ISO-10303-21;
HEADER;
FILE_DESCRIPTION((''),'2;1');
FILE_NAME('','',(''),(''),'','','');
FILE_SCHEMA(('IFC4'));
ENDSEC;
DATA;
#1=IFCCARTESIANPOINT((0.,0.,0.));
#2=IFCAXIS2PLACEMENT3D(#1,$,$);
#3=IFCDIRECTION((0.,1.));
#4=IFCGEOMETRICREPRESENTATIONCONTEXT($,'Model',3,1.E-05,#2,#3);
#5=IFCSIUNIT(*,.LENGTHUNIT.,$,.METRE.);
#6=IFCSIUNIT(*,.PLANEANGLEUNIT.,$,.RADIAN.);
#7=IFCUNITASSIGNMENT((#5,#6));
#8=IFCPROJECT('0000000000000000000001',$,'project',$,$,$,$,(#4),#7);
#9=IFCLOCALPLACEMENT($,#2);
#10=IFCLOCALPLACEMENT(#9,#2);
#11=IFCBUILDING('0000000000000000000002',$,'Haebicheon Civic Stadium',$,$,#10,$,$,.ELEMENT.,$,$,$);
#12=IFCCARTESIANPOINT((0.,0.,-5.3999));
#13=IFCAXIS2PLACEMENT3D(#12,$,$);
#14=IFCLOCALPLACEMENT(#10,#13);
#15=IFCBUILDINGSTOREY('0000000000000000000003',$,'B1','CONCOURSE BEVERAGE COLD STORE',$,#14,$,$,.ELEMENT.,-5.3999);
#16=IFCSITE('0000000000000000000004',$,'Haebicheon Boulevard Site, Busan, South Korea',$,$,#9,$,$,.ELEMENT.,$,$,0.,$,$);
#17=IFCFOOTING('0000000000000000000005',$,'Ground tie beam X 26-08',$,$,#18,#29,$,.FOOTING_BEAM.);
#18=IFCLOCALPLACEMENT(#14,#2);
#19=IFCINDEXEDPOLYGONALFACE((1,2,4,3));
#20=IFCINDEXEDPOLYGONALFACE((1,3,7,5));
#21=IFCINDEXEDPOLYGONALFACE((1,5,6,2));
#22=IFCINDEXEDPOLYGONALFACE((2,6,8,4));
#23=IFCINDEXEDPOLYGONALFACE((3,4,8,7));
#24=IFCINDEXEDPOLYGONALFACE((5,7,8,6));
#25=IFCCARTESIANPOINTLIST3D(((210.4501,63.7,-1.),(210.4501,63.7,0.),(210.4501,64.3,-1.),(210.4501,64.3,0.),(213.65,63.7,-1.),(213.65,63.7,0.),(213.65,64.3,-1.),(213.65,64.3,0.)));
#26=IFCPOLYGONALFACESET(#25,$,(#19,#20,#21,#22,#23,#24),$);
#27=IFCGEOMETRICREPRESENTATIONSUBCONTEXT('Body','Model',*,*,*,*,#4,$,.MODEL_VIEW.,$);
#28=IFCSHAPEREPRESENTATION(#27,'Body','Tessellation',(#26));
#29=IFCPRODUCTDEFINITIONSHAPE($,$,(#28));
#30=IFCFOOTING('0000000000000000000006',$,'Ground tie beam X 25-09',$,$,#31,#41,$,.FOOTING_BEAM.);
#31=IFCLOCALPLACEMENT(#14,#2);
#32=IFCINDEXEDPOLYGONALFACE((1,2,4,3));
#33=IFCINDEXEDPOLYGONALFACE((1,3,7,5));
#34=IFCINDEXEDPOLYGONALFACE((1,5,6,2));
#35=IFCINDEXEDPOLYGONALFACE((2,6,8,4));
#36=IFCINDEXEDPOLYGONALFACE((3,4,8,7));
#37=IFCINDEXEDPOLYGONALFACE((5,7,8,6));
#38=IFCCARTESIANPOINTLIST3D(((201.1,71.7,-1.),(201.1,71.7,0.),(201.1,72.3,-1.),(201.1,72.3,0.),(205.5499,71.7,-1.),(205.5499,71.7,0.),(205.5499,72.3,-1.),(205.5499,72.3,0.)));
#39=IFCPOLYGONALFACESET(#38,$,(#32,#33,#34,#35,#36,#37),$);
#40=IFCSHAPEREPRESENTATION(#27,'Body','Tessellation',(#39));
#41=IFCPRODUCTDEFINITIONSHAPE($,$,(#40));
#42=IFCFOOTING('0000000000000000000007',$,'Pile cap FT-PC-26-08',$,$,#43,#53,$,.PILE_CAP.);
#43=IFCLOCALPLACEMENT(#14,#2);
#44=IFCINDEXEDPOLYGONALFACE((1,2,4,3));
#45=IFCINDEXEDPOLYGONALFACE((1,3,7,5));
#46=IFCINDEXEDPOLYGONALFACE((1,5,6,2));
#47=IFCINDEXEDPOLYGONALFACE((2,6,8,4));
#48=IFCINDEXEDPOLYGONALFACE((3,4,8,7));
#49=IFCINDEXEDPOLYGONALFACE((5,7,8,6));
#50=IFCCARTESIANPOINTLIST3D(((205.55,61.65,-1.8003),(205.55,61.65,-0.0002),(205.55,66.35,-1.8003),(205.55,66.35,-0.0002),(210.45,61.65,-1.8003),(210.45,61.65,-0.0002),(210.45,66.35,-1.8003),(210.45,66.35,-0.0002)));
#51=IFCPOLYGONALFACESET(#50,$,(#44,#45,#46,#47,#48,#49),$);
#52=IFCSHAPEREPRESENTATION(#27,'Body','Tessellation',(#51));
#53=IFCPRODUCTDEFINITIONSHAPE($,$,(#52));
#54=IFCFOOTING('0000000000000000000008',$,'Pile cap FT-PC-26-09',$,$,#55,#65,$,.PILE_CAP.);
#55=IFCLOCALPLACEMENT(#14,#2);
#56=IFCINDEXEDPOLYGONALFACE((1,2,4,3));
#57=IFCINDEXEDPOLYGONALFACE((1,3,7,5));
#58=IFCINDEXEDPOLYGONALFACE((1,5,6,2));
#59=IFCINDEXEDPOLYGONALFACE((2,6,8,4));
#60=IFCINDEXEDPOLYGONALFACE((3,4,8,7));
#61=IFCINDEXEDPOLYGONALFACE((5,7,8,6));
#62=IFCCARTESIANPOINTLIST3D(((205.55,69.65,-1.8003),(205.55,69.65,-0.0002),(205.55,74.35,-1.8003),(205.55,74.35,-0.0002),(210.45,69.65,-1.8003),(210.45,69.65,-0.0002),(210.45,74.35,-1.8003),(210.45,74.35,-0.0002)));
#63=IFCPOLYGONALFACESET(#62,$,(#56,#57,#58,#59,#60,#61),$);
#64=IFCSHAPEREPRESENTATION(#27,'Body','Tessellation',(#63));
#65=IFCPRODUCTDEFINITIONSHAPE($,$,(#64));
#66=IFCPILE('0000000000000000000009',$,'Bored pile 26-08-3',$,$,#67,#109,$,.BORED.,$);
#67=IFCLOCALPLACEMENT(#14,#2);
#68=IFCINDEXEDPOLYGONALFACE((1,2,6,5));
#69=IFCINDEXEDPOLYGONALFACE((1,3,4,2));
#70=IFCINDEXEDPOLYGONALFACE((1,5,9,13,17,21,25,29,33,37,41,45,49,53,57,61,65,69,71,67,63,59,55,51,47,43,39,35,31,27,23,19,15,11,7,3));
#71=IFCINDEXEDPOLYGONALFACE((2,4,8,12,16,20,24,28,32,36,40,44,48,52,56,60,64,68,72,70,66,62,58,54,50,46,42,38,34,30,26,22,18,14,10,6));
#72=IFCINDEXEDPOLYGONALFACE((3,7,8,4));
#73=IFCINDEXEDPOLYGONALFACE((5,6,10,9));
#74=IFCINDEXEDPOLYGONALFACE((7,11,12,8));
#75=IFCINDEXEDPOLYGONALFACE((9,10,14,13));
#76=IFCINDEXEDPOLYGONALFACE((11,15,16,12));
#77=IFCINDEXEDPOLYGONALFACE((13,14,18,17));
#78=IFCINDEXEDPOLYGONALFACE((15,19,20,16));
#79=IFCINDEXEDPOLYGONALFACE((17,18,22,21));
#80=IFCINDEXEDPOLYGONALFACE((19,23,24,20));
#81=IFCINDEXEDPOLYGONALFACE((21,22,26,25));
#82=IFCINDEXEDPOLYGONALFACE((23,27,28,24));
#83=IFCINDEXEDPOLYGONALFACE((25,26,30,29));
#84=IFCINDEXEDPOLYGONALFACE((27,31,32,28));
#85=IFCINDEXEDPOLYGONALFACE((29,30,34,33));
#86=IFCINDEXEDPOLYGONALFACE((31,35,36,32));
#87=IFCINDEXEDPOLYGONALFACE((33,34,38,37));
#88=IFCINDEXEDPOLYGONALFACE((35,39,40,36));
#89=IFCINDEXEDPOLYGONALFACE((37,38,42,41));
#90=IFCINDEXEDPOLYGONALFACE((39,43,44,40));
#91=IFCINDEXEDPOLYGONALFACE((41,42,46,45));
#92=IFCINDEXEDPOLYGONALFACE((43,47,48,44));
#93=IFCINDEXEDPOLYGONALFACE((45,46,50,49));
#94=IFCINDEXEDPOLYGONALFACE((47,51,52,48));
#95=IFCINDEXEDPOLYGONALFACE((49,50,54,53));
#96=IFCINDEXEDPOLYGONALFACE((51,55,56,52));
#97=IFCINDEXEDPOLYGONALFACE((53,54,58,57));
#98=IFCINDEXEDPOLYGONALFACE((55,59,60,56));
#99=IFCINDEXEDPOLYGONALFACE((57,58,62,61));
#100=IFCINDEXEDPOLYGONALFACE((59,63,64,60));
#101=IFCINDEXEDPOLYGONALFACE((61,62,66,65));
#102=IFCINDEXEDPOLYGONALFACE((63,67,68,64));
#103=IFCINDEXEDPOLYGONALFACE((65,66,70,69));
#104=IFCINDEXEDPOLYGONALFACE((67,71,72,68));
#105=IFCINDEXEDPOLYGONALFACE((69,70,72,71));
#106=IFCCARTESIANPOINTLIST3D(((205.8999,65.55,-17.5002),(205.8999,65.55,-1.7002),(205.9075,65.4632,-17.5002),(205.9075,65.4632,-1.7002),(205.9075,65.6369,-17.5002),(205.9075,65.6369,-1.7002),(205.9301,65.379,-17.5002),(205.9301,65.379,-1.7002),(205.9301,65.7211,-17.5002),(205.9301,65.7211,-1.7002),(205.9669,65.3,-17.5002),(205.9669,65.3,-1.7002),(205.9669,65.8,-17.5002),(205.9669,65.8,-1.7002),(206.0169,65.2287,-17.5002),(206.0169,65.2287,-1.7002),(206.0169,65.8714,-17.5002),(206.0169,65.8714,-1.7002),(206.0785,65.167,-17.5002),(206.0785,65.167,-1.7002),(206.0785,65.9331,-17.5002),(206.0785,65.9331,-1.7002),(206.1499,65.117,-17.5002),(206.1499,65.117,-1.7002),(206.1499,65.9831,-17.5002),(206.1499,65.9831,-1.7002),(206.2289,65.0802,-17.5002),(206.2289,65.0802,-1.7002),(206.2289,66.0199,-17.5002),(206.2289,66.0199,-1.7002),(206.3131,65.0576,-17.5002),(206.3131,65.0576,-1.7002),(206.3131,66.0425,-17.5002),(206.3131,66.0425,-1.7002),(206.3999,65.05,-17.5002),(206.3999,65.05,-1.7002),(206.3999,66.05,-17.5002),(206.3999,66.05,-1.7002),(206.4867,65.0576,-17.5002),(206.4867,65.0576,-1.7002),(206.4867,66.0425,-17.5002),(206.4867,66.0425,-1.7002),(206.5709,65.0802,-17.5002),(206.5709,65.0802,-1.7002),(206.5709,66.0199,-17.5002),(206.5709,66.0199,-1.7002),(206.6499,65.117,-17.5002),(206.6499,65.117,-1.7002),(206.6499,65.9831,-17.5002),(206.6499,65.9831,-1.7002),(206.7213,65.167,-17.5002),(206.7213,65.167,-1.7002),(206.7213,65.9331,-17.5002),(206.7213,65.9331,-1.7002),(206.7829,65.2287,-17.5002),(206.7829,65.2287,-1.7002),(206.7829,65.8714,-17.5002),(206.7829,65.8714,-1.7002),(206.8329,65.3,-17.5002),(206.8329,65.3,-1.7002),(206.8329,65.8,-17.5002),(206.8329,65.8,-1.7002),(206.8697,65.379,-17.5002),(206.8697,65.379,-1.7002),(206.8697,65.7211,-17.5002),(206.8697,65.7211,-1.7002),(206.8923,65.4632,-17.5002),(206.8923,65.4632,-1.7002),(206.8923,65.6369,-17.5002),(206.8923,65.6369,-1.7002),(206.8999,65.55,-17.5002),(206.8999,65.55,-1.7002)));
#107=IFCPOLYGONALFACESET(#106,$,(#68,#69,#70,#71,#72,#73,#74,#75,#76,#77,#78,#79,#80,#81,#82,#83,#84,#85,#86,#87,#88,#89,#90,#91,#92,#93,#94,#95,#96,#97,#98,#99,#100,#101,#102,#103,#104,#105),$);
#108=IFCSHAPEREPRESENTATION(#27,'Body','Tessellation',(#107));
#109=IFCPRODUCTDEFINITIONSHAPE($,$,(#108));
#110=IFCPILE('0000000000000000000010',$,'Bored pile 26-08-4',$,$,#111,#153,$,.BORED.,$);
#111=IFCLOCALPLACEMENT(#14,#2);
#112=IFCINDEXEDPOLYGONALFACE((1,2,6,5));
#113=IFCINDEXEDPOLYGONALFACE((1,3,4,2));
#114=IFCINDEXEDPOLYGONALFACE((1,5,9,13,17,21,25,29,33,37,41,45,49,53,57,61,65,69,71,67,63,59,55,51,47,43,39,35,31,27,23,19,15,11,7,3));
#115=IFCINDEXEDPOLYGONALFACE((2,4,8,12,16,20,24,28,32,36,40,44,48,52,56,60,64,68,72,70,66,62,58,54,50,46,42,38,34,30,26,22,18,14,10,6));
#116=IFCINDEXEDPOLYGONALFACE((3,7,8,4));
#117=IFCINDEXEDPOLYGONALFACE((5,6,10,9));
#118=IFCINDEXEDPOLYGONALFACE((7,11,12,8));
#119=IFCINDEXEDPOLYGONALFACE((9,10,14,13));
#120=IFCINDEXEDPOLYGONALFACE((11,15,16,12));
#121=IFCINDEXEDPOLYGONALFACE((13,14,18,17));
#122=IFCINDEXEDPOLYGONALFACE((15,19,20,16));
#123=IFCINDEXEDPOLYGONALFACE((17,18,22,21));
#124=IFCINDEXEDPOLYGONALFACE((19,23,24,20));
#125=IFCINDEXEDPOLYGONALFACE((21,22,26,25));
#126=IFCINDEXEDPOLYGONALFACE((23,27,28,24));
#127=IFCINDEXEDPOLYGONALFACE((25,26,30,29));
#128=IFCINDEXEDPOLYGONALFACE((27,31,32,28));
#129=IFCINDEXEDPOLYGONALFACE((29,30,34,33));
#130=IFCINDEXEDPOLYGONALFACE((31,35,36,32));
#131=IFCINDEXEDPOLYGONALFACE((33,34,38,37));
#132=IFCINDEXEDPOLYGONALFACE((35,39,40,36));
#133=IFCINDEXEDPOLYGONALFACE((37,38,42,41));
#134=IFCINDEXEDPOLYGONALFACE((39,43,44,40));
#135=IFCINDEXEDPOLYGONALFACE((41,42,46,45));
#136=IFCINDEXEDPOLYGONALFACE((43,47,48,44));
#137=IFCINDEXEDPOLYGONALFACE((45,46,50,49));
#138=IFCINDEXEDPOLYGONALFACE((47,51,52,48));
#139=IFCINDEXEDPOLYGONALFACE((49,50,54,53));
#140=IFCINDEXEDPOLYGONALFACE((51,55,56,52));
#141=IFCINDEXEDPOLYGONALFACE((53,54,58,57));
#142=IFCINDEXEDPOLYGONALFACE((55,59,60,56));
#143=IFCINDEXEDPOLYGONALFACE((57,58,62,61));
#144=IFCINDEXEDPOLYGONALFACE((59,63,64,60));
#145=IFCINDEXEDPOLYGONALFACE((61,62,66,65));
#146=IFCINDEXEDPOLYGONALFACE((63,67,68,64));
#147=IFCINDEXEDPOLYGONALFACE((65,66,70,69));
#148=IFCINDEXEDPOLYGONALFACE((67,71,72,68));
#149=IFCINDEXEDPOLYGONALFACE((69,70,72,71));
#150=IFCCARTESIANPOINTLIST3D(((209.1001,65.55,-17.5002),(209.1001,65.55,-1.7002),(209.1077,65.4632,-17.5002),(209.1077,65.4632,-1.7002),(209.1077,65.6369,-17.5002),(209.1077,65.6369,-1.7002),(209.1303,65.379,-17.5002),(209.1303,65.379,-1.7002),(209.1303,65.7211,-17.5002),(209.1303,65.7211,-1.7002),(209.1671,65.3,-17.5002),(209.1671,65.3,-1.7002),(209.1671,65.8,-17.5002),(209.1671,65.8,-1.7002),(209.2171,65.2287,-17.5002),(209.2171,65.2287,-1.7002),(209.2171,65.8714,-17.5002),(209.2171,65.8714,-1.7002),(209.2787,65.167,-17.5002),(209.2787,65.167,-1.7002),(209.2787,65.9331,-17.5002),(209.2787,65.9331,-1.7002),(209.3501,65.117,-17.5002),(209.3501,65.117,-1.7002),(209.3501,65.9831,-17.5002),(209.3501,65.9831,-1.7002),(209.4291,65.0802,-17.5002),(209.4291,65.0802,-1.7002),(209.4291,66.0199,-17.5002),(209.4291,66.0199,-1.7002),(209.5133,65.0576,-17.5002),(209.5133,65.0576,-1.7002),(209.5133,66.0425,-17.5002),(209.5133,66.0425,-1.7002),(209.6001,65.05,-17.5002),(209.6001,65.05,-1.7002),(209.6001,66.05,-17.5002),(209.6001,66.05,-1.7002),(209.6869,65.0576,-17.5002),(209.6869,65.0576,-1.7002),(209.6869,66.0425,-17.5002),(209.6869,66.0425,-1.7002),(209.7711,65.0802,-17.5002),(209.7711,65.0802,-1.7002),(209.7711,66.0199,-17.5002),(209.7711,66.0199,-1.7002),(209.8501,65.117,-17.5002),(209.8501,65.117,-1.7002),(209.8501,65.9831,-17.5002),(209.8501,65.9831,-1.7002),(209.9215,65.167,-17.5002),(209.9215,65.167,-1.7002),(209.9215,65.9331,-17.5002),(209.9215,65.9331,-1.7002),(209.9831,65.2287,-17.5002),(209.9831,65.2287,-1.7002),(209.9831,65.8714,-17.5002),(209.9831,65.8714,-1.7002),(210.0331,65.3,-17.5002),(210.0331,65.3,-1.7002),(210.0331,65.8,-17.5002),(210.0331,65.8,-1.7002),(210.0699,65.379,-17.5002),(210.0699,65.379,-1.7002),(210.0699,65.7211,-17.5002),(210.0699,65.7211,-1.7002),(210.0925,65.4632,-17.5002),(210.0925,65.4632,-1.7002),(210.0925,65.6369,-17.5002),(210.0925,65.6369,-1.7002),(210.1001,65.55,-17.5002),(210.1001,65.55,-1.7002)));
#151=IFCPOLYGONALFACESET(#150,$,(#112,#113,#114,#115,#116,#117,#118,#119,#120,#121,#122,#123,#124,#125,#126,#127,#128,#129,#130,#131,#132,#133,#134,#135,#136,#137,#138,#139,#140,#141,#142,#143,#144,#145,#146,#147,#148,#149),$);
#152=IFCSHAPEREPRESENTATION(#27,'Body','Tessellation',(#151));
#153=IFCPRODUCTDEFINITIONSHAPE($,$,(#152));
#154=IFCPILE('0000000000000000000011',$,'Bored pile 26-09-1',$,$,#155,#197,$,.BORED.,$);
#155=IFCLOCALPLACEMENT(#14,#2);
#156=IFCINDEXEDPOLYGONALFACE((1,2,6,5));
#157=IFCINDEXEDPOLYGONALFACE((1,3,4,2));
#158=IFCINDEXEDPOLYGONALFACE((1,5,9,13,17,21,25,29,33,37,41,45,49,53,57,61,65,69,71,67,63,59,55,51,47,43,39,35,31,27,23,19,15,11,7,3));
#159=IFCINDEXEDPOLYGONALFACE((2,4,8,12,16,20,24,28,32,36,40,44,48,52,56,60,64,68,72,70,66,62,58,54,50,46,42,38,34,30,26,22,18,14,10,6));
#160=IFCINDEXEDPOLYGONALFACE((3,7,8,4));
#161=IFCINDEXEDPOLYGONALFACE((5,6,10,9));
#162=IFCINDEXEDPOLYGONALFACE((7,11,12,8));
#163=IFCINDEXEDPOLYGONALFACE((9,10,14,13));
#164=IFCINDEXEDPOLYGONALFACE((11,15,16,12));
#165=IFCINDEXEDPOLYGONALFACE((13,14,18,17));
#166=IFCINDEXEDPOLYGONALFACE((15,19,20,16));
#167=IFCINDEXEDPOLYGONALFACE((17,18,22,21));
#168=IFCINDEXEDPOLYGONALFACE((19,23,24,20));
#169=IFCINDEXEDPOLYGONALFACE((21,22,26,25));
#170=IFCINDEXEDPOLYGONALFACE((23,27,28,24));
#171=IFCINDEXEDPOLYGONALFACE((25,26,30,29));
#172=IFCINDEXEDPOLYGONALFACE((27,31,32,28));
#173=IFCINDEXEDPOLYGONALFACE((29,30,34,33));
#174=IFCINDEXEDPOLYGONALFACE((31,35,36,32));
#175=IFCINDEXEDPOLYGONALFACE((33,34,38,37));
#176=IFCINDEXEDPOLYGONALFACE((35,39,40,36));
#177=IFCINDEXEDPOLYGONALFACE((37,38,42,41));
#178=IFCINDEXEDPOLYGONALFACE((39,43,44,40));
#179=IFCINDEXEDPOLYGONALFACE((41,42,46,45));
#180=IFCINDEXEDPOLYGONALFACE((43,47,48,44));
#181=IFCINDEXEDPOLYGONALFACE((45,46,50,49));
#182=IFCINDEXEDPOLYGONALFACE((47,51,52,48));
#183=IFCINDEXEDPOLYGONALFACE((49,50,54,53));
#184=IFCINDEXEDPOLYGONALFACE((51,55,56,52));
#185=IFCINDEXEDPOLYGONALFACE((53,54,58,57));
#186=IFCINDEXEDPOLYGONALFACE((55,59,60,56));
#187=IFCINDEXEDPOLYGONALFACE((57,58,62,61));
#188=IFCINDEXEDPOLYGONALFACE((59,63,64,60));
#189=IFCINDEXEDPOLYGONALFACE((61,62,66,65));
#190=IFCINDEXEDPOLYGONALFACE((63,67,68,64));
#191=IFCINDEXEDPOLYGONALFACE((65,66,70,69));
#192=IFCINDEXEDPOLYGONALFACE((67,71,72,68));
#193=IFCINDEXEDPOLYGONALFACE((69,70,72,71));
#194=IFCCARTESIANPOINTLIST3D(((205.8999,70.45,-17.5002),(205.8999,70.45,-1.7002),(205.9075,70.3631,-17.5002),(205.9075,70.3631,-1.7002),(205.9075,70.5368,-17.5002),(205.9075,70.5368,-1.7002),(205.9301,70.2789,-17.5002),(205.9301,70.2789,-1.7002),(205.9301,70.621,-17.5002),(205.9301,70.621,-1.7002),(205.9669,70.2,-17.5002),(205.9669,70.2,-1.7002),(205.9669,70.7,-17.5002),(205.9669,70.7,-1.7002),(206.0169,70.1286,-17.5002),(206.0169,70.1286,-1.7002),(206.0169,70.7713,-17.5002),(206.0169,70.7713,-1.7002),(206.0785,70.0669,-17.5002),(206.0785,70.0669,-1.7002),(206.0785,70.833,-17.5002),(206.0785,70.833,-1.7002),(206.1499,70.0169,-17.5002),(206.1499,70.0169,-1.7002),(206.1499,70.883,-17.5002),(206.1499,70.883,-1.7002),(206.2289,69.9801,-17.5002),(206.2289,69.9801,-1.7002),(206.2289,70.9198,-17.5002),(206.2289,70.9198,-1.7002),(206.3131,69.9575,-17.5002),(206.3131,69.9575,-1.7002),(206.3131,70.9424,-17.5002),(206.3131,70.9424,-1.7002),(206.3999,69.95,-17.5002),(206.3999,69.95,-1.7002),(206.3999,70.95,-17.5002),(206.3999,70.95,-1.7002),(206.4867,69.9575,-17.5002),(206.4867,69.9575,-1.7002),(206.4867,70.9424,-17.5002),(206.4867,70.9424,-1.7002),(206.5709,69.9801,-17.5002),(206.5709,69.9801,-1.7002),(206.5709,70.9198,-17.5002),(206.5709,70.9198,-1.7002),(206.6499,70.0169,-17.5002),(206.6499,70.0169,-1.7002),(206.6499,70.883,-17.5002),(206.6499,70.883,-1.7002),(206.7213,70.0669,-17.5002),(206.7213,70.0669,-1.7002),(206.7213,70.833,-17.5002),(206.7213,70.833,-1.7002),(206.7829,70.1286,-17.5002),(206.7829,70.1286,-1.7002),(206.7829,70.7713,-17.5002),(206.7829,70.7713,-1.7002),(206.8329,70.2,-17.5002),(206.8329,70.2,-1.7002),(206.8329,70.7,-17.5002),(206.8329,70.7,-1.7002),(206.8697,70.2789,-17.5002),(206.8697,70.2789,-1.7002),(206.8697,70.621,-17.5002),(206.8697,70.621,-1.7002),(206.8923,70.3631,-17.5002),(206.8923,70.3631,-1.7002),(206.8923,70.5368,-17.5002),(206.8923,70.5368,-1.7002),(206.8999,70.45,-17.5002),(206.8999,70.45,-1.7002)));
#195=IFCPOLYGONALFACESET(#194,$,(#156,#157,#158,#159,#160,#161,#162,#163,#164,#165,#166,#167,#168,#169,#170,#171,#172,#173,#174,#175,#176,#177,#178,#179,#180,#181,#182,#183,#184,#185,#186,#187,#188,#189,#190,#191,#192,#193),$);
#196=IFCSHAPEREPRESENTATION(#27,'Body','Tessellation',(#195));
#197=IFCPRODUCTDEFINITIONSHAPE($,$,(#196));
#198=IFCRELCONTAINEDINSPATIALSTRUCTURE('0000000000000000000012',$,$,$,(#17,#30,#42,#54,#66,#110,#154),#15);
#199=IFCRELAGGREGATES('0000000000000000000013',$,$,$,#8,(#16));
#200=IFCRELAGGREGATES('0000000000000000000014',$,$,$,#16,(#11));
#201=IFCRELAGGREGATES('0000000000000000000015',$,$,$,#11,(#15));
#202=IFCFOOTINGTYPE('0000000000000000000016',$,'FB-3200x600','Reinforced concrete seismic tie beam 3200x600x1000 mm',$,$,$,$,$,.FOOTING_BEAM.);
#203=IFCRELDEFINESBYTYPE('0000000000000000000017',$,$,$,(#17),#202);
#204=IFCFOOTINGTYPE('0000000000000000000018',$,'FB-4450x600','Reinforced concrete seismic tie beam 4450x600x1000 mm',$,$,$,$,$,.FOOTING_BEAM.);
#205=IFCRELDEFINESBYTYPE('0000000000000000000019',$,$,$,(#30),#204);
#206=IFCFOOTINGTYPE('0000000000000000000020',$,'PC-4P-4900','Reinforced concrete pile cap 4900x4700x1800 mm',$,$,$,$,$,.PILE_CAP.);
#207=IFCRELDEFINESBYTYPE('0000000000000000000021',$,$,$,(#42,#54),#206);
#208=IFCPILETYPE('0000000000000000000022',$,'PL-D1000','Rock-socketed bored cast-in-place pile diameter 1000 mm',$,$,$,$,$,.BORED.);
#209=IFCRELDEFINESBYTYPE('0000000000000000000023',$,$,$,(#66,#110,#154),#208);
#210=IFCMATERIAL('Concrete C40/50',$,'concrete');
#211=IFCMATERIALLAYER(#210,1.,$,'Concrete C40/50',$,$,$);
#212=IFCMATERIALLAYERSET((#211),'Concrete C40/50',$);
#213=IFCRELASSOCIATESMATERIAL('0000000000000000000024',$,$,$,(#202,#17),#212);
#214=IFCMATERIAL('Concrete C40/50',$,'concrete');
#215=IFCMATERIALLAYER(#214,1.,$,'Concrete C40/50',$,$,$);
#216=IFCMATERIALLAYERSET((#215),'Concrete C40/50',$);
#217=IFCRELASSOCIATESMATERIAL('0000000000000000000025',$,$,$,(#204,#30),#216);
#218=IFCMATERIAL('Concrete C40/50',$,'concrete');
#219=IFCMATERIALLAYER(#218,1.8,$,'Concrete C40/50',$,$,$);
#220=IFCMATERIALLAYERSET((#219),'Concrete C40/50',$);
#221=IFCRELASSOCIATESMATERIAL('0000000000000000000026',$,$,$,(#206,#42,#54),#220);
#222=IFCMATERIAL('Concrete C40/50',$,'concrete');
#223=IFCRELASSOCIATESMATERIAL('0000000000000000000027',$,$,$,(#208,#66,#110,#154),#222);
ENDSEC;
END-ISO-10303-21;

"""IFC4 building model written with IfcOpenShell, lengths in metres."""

from ifc_helpers import new_model, si_unit, direction, frame, origin, origin_2d, place, context, subcontext, project, spatial, rectangle, circle, extrude, material, layer, layer_set, material_profile, profile_set, type_object, element, save


model = new_model("IFC4")

# Units and contexts
model_context = context("Model", 3, precision=1e-05, world=origin(), true_north=direction((0.0, 1.0)))
body_context = subcontext(model_context, "Body", "Model", "MODEL_VIEW")
ifc_project = project(units=[si_unit("LENGTHUNIT", "METRE"), si_unit("PLANEANGLEUNIT", "RADIAN")], contexts=[model_context])

# Site, building, storey
site_placement = place(None, origin())
site = spatial("IfcSite", under=ifc_project, at=site_placement, Name="Haebicheon Boulevard Site, Busan, South Korea", CompositionType="ELEMENT", RefElevation=0.0)
building_placement = place(site_placement, origin())
building = spatial("IfcBuilding", under=site, at=building_placement, Name="Haebicheon Civic Stadium", CompositionType="ELEMENT")
storey_placement = place(building_placement, frame((0.0, 0.0, -5.3999)))
storey = spatial("IfcBuildingStorey", under=building, at=storey_placement, Name="B1", Description="CONCOURSE BEVERAGE COLD STORE", CompositionType="ELEMENT", Elevation=-5.3999)

# Footings
ifc_material_1 = material(Name="Concrete C40/50", Category="concrete")
ifc_layer_1 = layer(ifc_material_1, 1.0, Name="Concrete C40/50")
ifc_layer_set_1 = layer_set([ifc_layer_1], Name="Concrete C40/50")
footing_type_1 = type_object("IfcFootingType", Name="FB-3200x600", Description="Reinforced concrete seismic tie beam 3200x600x1000 mm", PredefinedType="FOOTING_BEAM", material=ifc_layer_set_1)
footing_1_placement = place(storey_placement, frame((212.05, 64.0, -1.0), z_axis=(0.0, 0.0, 1.0), x_axis=(1.0, 0.0, 0.0)))
element("IfcFooting", 1, at=footing_1_placement, inside=storey, type_object=footing_type_1, material=ifc_layer_set_1, Name="Ground tie beam X 26-08", PredefinedType="FOOTING_BEAM", context=body_context, shape_type="SweptSolid", body=[
    extrude(rectangle(XDim=3.2, YDim=0.6001, at=origin_2d()), origin(), (0.0, 0.0, 1.0), 1.0),
])
ifc_material_2 = material(Name="Concrete C40/50", Category="concrete")
ifc_layer_2 = layer(ifc_material_2, 1.0, Name="Concrete C40/50")
ifc_layer_set_2 = layer_set([ifc_layer_2], Name="Concrete C40/50")
footing_type_2 = type_object("IfcFootingType", Name="FB-4450x600", Description="Reinforced concrete seismic tie beam 4450x600x1000 mm", PredefinedType="FOOTING_BEAM", material=ifc_layer_set_2)
footing_2_placement = place(storey_placement, frame((203.325, 72.0, -1.0), z_axis=(0.0, 0.0, 1.0), x_axis=(1.0, 0.0, 0.0)))
element("IfcFooting", 2, at=footing_2_placement, inside=storey, type_object=footing_type_2, material=ifc_layer_set_2, Name="Ground tie beam X 25-09", PredefinedType="FOOTING_BEAM", context=body_context, shape_type="SweptSolid", body=[
    extrude(rectangle(XDim=4.45, YDim=0.6001, at=origin_2d()), origin(), (0.0, 0.0, 1.0), 1.0),
])
ifc_material_3 = material(Name="Concrete C40/50", Category="concrete")
ifc_layer_3 = layer(ifc_material_3, 1.8, Name="Concrete C40/50")
ifc_layer_set_3 = layer_set([ifc_layer_3], Name="Concrete C40/50")
footing_type_3 = type_object("IfcFootingType", Name="PC-4P-4900", Description="Reinforced concrete pile cap 4900x4700x1800 mm", PredefinedType="PILE_CAP", material=ifc_layer_set_3)
for number, where, z_axis, x_axis, name in (
    (3, (208.0, 64.0, -1.8003), (0.0, 0.0, 1.0), (1.0, 0.0, 0.0), "Pile cap FT-PC-26-08"),
    (4, (208.0, 72.0, -1.8003), (0.0, 0.0, 1.0), (1.0, 0.0, 0.0), "Pile cap FT-PC-26-09"),
):
    element("IfcFooting", number, at=place(storey_placement, frame(where, z_axis=z_axis, x_axis=x_axis)), inside=storey, type_object=footing_type_3, material=ifc_layer_set_3, Name=name, PredefinedType="PILE_CAP", context=body_context, shape_type="SweptSolid", body=[
        extrude(rectangle(XDim=4.8999, YDim=4.7, at=origin_2d()), origin(), (0.0, 0.0, 1.0), 1.8),
    ])

# Piles
ifc_material_4 = material(Name="Concrete C40/50", Category="concrete")
ifc_material_profile_1 = material_profile(ifc_material_4, circle(Radius=0.5, at=origin_2d()), Name="PILE-D1000")
ifc_profile_set_1 = profile_set([ifc_material_profile_1], Name="Concrete C40/50")
pile_type = type_object("IfcPileType", Name="PL-D1000", Description="Rock-socketed bored cast-in-place pile diameter 1000 mm", PredefinedType="BORED", material=ifc_profile_set_1)
for number, where, z_axis, x_axis, name in (
    (5, (206.3999, 65.55, -1.7002), (0.0, 0.0, -1.0), (1.0, 0.0, 0.0), "Bored pile 26-08-3"),
    (6, (209.6001, 65.55, -1.7002), (0.0, 0.0, -1.0), (1.0, 0.0, 0.0), "Bored pile 26-08-4"),
    (7, (206.3999, 70.45, -1.7002), (0.0, 0.0, -1.0), (1.0, 0.0, 0.0), "Bored pile 26-09-1"),
):
    element("IfcPile", number, at=place(storey_placement, frame(where, z_axis=z_axis, x_axis=x_axis)), inside=storey, type_object=pile_type, material=ifc_profile_set_1, Name=name, PredefinedType="BORED", context=body_context, shape_type="SweptSolid", body=[
        extrude(circle(Radius=0.5, at=origin_2d()), origin(), (0.0, 0.0, 1.0), 15.8),
    ])

save(model, "model.ifc")
